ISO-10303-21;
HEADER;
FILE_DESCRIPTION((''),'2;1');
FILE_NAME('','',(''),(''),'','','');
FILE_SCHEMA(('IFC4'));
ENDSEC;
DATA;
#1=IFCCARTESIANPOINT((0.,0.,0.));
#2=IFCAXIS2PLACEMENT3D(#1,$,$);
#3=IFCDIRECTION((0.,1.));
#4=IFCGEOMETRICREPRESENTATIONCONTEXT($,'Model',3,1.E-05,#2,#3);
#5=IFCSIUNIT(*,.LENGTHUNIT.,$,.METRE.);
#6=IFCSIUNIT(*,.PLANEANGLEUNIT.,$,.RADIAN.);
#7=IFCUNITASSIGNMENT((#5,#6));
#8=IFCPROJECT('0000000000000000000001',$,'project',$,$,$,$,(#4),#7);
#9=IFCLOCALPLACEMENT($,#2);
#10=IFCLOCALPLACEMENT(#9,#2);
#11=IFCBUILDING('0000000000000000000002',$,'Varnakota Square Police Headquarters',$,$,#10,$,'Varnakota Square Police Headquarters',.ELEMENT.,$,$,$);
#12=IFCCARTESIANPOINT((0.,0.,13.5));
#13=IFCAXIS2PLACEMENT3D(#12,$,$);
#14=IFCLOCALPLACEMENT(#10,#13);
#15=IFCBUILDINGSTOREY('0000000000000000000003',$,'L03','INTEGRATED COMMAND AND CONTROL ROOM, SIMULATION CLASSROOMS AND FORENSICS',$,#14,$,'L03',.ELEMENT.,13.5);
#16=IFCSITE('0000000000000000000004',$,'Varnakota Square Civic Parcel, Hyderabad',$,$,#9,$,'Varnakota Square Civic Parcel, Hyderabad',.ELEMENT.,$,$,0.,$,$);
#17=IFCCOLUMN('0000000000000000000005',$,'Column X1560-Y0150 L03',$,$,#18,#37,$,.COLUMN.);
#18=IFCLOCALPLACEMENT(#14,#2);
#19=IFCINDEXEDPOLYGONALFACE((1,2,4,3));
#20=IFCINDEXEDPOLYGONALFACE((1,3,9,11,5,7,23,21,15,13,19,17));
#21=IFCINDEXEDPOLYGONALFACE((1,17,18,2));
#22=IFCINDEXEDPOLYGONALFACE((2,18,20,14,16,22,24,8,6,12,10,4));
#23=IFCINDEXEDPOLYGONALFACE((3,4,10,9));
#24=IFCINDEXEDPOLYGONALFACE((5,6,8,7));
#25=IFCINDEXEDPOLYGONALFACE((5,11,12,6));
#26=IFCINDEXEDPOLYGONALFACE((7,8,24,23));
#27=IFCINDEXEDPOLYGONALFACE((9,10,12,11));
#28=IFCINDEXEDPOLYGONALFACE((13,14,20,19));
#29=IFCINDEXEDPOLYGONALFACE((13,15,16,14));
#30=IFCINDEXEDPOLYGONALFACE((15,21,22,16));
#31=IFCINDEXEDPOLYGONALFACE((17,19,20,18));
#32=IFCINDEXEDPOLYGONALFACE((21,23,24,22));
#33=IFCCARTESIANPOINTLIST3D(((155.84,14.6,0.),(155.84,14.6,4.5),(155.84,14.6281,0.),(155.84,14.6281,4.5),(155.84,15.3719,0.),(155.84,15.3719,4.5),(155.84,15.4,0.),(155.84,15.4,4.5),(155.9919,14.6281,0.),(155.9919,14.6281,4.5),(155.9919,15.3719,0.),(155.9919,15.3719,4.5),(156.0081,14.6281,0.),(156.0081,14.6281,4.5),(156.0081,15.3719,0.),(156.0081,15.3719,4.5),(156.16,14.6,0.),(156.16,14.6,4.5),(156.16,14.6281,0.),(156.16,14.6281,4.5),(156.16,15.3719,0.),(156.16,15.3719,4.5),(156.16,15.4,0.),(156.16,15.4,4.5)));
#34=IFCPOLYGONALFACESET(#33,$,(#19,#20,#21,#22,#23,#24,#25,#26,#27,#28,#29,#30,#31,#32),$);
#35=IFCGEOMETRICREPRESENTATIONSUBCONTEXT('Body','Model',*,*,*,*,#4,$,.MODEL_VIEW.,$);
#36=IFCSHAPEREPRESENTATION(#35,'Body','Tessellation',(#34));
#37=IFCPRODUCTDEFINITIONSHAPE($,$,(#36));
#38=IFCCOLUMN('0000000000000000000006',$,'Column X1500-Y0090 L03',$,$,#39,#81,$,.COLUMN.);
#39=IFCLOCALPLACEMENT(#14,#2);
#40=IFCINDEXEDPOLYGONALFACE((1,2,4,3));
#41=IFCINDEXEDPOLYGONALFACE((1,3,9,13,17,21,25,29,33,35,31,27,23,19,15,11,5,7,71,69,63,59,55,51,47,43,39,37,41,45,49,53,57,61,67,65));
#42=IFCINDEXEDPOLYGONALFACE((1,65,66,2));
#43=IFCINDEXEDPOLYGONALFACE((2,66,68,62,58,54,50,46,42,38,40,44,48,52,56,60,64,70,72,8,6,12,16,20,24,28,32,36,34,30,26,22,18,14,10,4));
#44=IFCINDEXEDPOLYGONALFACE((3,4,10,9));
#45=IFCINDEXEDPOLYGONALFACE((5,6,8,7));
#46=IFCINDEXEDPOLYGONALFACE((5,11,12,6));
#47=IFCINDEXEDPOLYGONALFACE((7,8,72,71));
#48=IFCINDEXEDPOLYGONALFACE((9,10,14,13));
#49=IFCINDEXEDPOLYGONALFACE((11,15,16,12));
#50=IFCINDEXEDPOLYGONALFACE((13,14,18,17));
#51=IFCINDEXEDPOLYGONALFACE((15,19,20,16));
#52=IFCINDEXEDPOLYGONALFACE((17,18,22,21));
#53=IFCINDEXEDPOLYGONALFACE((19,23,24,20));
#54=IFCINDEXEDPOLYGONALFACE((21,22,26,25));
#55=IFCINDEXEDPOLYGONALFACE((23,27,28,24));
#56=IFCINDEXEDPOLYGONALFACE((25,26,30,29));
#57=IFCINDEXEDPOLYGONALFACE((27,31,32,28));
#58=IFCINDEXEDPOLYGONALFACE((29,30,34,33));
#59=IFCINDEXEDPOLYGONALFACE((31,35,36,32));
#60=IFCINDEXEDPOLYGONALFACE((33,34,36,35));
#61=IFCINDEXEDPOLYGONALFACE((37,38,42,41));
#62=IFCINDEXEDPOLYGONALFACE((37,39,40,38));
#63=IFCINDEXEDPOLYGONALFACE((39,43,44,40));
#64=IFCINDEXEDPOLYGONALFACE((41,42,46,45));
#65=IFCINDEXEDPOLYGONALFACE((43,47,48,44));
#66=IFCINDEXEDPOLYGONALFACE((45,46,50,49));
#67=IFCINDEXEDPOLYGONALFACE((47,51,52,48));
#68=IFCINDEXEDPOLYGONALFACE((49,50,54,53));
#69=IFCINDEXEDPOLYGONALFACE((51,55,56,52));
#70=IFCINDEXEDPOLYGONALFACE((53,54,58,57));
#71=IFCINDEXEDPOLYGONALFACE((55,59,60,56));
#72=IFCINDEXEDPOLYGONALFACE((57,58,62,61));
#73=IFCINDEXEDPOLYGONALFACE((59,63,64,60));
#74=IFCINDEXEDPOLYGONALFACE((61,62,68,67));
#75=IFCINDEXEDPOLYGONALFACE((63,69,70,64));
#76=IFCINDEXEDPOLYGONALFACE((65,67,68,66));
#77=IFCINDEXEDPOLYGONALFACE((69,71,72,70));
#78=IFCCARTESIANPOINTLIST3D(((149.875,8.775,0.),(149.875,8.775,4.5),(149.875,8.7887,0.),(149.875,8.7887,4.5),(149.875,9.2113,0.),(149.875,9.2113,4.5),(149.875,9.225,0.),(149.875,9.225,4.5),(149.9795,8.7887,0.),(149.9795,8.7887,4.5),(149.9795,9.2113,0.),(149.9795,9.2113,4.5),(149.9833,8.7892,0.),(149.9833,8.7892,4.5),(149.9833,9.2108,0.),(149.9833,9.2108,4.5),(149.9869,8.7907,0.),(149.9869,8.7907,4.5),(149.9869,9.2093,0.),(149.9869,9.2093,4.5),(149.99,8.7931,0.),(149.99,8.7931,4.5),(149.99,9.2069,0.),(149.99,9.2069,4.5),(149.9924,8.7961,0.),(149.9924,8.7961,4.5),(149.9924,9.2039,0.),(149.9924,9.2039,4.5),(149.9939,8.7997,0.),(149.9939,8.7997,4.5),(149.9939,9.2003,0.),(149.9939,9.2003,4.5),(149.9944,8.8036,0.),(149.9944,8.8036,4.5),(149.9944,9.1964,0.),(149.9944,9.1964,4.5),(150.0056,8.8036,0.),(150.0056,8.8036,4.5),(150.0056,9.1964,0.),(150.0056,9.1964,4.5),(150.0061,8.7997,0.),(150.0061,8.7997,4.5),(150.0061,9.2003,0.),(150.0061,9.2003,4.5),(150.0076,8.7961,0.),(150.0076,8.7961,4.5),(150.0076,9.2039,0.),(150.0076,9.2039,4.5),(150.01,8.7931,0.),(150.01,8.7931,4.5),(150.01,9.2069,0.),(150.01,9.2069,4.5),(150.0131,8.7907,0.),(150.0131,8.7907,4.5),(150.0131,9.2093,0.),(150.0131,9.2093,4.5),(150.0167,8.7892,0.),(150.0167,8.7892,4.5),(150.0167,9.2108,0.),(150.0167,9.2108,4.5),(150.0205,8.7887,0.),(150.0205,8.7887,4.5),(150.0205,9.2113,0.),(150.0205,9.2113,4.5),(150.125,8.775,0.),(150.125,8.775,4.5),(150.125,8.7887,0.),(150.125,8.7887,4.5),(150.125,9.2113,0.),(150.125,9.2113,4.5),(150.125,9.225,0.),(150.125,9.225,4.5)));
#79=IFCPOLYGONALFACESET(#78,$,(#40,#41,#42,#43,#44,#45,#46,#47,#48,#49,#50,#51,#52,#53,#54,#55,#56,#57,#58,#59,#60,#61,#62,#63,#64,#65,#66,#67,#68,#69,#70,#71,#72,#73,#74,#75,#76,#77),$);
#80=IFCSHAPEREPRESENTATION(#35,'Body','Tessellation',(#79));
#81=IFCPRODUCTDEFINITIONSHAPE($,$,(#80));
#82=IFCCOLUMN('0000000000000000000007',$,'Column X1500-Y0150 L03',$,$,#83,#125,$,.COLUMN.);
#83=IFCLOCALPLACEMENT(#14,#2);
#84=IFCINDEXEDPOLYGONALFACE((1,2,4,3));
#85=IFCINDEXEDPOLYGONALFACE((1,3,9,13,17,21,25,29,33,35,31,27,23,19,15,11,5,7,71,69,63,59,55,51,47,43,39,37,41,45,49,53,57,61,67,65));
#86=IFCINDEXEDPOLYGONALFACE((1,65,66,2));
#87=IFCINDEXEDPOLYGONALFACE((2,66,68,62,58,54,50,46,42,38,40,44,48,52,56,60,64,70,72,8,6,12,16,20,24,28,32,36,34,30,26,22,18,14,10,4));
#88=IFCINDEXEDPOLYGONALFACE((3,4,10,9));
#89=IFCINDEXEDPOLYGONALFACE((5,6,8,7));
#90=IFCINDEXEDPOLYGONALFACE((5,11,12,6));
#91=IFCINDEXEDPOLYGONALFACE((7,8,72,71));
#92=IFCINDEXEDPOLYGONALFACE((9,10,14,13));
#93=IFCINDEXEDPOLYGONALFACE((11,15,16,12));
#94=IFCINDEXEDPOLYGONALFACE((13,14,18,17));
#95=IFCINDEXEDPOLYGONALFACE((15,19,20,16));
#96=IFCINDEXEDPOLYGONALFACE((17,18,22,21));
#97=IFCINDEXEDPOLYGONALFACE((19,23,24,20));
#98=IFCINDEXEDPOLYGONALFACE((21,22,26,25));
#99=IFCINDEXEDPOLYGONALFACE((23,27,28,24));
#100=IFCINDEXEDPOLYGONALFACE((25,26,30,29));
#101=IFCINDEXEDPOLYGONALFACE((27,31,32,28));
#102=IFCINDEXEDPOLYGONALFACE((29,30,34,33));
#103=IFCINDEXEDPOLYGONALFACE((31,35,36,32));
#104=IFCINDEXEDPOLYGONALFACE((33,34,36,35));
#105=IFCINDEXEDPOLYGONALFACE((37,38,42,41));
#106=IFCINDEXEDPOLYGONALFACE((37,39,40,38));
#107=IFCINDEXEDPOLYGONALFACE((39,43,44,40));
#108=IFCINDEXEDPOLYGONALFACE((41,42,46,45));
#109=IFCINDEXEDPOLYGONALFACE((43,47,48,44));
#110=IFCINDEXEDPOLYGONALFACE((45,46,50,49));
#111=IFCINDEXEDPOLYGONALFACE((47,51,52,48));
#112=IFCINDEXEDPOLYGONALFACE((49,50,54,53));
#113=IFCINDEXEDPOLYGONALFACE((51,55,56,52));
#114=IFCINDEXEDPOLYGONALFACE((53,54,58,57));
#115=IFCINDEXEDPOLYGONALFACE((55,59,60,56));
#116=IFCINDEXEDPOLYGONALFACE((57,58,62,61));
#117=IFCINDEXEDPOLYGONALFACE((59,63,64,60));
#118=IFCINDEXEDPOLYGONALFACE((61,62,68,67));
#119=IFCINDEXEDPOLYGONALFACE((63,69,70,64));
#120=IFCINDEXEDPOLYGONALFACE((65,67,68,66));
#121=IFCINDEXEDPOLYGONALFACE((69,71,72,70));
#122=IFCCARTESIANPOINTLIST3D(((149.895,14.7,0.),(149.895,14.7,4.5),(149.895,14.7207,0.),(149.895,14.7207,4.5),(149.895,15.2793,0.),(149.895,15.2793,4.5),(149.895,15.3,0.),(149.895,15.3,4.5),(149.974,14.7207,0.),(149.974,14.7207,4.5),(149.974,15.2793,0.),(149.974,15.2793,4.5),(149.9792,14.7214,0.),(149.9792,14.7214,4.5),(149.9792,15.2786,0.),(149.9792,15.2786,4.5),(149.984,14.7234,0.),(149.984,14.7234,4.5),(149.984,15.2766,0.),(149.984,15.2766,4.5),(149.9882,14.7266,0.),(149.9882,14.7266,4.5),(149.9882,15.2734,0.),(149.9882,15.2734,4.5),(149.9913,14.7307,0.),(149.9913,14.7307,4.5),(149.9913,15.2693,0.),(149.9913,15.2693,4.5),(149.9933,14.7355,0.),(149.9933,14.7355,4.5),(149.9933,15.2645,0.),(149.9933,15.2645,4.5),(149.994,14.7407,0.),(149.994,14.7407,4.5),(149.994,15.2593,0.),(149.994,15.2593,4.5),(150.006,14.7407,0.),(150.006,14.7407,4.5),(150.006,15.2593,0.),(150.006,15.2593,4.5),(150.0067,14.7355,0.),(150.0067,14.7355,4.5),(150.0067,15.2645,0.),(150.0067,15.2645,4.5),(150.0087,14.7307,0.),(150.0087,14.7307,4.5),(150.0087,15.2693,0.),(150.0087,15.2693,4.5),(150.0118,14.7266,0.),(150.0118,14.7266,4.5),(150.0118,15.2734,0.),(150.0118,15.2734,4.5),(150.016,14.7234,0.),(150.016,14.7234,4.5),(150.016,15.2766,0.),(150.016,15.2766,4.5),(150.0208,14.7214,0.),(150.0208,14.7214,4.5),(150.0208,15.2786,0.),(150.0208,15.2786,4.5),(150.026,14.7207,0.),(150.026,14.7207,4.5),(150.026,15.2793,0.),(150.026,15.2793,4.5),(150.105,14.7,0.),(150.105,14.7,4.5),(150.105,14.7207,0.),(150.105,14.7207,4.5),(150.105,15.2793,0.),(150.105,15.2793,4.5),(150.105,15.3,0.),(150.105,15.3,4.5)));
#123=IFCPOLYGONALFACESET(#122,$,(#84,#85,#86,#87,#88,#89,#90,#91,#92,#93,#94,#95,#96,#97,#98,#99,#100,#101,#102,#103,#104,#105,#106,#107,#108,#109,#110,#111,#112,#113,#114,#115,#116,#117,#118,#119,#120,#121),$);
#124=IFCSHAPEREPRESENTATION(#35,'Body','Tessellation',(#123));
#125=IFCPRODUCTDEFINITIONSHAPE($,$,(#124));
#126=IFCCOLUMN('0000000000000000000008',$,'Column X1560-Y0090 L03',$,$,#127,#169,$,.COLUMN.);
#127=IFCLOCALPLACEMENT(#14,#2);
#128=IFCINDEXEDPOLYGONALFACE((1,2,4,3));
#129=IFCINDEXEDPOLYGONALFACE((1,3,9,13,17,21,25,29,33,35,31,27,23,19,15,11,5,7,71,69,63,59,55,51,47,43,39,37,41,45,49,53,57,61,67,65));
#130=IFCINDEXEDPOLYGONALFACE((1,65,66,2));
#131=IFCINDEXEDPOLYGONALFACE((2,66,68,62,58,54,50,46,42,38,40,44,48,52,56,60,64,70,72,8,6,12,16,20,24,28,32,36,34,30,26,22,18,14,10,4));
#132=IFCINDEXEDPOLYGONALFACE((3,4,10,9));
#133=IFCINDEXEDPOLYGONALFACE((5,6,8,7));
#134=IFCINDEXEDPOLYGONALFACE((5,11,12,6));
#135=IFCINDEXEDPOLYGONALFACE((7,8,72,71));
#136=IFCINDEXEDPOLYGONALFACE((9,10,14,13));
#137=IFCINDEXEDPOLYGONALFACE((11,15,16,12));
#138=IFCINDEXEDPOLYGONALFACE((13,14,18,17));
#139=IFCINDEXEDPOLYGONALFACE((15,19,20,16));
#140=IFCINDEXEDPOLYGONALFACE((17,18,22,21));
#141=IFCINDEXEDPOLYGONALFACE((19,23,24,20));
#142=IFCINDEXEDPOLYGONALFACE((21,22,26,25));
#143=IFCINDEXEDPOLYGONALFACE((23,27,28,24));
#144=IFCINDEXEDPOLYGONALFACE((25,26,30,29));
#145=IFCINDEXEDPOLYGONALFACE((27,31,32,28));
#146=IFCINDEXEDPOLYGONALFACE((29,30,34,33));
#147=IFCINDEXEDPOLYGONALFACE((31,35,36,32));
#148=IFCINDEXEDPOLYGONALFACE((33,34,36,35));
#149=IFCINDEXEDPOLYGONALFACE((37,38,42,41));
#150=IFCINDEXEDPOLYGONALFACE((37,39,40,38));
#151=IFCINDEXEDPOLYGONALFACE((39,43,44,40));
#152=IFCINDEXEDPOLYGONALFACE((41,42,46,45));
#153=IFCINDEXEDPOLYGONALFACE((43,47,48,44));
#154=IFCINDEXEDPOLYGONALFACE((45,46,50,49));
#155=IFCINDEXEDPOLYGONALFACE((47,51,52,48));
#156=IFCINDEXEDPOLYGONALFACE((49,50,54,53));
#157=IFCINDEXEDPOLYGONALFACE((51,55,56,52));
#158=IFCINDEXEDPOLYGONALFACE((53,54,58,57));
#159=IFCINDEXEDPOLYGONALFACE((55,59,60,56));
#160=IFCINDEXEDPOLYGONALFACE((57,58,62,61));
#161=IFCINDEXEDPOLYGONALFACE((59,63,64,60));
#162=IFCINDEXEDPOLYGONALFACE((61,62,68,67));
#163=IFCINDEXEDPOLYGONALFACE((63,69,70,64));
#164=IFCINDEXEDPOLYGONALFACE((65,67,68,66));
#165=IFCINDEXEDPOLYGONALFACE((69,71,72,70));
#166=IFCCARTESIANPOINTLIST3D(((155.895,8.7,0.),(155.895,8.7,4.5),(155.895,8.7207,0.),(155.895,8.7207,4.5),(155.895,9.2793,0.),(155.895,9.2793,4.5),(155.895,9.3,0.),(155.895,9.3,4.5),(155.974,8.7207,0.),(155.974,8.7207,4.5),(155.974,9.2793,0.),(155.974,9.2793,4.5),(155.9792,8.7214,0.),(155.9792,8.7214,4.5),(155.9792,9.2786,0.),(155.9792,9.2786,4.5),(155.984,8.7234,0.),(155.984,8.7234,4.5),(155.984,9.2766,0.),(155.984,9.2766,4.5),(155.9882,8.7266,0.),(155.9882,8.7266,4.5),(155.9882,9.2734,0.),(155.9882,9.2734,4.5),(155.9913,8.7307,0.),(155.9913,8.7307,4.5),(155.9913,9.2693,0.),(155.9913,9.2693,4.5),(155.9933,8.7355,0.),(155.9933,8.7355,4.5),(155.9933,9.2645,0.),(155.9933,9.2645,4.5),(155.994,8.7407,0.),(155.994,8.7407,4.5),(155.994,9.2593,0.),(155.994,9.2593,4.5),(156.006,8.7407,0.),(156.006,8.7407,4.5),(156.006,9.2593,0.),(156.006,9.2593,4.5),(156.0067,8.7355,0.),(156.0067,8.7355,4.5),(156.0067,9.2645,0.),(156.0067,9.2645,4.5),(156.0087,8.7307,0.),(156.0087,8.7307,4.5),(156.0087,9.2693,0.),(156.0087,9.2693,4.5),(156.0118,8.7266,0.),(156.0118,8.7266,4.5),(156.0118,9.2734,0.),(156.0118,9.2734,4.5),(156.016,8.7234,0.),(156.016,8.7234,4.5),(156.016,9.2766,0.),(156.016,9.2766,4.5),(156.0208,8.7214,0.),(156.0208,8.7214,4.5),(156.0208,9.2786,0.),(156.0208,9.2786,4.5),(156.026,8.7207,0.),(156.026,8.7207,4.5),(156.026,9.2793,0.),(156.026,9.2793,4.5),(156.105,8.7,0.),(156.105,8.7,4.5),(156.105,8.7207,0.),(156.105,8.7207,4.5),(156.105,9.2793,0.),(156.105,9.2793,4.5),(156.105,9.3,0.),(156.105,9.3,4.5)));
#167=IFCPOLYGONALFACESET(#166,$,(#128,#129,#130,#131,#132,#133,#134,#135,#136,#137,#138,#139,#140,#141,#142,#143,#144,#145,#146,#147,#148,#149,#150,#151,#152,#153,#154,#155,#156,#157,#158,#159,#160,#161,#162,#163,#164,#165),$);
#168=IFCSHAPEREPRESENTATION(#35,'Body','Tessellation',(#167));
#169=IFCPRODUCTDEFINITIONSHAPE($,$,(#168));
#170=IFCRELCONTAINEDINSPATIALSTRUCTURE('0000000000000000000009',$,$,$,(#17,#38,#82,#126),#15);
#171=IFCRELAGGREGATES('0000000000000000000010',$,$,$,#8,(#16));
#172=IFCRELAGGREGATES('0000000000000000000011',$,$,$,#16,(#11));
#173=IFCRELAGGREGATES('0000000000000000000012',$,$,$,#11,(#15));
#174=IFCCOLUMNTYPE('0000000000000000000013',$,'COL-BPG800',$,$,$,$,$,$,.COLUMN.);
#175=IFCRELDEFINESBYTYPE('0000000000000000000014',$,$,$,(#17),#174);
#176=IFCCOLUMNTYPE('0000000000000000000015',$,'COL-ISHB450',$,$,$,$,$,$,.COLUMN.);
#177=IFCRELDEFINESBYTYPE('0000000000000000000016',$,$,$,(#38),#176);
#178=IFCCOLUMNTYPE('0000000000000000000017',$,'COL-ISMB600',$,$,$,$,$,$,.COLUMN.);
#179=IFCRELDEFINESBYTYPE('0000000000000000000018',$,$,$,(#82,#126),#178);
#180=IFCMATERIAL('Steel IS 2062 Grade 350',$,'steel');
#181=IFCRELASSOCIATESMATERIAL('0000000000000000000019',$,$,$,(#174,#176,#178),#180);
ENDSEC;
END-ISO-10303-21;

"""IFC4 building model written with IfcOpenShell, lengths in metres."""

from ifc_helpers import new_model, si_unit, direction, frame, origin, origin_2d, place, context, subcontext, project, spatial, i_section, extrude, material, material_profile, profile_set, type_object, element, save


model = new_model("IFC4")

# Units and contexts
model_context = context("Model", 3, precision=1e-05, world=origin(), true_north=direction((0.0, 1.0)))
body_context = subcontext(model_context, "Body", "Model", "MODEL_VIEW")
ifc_project = project(units=[si_unit("LENGTHUNIT", "METRE"), si_unit("PLANEANGLEUNIT", "RADIAN")], contexts=[model_context])

# Site, building, storey
site_placement = place(None, origin())
site = spatial("IfcSite", under=ifc_project, at=site_placement, Name="Varnakota Square Civic Parcel, Hyderabad", LongName="Varnakota Square Civic Parcel, Hyderabad", CompositionType="ELEMENT", RefElevation=0.0)
building_placement = place(site_placement, origin())
building = spatial("IfcBuilding", under=site, at=building_placement, Name="Varnakota Square Police Headquarters", LongName="Varnakota Square Police Headquarters", CompositionType="ELEMENT")
storey_placement = place(building_placement, frame((0.0, 0.0, 13.5)))
storey = spatial("IfcBuildingStorey", under=building, at=storey_placement, Name="L03", Description="INTEGRATED COMMAND AND CONTROL ROOM, SIMULATION CLASSROOMS AND FORENSICS", LongName="L03", CompositionType="ELEMENT", Elevation=13.5)

# Columns
ifc_material_1 = material(Name="Steel IS 2062 Grade 350", Category="steel")
ifc_material_profile_1 = material_profile(ifc_material_1, i_section(OverallWidth=0.3201, OverallDepth=0.8, WebThickness=0.0161, FlangeThickness=0.0281, at=origin_2d()), Name="BPG 800x320")
ifc_profile_set_1 = profile_set([ifc_material_profile_1], Name="Steel IS 2062 Grade 350")
column_type_1 = type_object("IfcColumnType", Name="COL-BPG800", PredefinedType="COLUMN", material=ifc_profile_set_1)
column_1_placement = place(storey_placement, frame((156.0, 15.0, 0.0), z_axis=(0.0, 0.0, 1.0), x_axis=(1.0, 0.0, 0.0)))
element("IfcColumn", 1, at=column_1_placement, inside=storey, type_object=column_type_1, Name="Column X1560-Y0150 L03", PredefinedType="COLUMN", context=body_context, shape_type="SweptSolid", body=[
    extrude(i_section(OverallWidth=0.3201, OverallDepth=0.8, WebThickness=0.0161, FlangeThickness=0.0281, at=origin_2d()), origin(), (0.0, 0.0, 1.0), 4.5),
])
ifc_material_profile_2 = material_profile(ifc_material_1, i_section(OverallWidth=0.25, OverallDepth=0.45, WebThickness=0.0112, FlangeThickness=0.0137, FilletRadius=0.0149, at=origin_2d()), Name="ISHB 450")
ifc_profile_set_2 = profile_set([ifc_material_profile_2], Name="Steel IS 2062 Grade 350")
column_type_2 = type_object("IfcColumnType", Name="COL-ISHB450", PredefinedType="COLUMN", material=ifc_profile_set_2)
column_2_placement = place(storey_placement, frame((150.0, 9.0, 0.0), z_axis=(0.0, 0.0, 1.0), x_axis=(1.0, 0.0, 0.0)))
element("IfcColumn", 2, at=column_2_placement, inside=storey, type_object=column_type_2, Name="Column X1500-Y0090 L03", PredefinedType="COLUMN", context=body_context, shape_type="SweptSolid", body=[
    extrude(i_section(OverallWidth=0.25, OverallDepth=0.45, WebThickness=0.0112, FlangeThickness=0.0137, FilletRadius=0.0149, at=origin_2d()), origin(), (0.0, 0.0, 1.0), 4.5),
])
ifc_material_profile_3 = material_profile(ifc_material_1, i_section(OverallWidth=0.21, OverallDepth=0.6001, WebThickness=0.012, FlangeThickness=0.0208, FilletRadius=0.02, at=origin_2d()), Name="ISMB 600")
ifc_profile_set_3 = profile_set([ifc_material_profile_3], Name="Steel IS 2062 Grade 350")
column_type_3 = type_object("IfcColumnType", Name="COL-ISMB600", PredefinedType="COLUMN", material=ifc_profile_set_3)
for number, where, z_axis, x_axis, name in (
    (3, (150.0, 15.0, 0.0), (0.0, 0.0, 1.0), (1.0, 0.0, 0.0), "Column X1500-Y0150 L03"),
    (4, (156.0, 9.0, 0.0), (0.0, 0.0, 1.0), (1.0, 0.0, 0.0), "Column X1560-Y0090 L03"),
):
    element("IfcColumn", number, at=place(storey_placement, frame(where, z_axis=z_axis, x_axis=x_axis)), inside=storey, type_object=column_type_3, Name=name, PredefinedType="COLUMN", context=body_context, shape_type="SweptSolid", body=[
        extrude(i_section(OverallWidth=0.21, OverallDepth=0.6001, WebThickness=0.012, FlangeThickness=0.0208, FilletRadius=0.02, at=origin_2d()), origin(), (0.0, 0.0, 1.0), 4.5),
    ])

save(model, "model.ifc")
